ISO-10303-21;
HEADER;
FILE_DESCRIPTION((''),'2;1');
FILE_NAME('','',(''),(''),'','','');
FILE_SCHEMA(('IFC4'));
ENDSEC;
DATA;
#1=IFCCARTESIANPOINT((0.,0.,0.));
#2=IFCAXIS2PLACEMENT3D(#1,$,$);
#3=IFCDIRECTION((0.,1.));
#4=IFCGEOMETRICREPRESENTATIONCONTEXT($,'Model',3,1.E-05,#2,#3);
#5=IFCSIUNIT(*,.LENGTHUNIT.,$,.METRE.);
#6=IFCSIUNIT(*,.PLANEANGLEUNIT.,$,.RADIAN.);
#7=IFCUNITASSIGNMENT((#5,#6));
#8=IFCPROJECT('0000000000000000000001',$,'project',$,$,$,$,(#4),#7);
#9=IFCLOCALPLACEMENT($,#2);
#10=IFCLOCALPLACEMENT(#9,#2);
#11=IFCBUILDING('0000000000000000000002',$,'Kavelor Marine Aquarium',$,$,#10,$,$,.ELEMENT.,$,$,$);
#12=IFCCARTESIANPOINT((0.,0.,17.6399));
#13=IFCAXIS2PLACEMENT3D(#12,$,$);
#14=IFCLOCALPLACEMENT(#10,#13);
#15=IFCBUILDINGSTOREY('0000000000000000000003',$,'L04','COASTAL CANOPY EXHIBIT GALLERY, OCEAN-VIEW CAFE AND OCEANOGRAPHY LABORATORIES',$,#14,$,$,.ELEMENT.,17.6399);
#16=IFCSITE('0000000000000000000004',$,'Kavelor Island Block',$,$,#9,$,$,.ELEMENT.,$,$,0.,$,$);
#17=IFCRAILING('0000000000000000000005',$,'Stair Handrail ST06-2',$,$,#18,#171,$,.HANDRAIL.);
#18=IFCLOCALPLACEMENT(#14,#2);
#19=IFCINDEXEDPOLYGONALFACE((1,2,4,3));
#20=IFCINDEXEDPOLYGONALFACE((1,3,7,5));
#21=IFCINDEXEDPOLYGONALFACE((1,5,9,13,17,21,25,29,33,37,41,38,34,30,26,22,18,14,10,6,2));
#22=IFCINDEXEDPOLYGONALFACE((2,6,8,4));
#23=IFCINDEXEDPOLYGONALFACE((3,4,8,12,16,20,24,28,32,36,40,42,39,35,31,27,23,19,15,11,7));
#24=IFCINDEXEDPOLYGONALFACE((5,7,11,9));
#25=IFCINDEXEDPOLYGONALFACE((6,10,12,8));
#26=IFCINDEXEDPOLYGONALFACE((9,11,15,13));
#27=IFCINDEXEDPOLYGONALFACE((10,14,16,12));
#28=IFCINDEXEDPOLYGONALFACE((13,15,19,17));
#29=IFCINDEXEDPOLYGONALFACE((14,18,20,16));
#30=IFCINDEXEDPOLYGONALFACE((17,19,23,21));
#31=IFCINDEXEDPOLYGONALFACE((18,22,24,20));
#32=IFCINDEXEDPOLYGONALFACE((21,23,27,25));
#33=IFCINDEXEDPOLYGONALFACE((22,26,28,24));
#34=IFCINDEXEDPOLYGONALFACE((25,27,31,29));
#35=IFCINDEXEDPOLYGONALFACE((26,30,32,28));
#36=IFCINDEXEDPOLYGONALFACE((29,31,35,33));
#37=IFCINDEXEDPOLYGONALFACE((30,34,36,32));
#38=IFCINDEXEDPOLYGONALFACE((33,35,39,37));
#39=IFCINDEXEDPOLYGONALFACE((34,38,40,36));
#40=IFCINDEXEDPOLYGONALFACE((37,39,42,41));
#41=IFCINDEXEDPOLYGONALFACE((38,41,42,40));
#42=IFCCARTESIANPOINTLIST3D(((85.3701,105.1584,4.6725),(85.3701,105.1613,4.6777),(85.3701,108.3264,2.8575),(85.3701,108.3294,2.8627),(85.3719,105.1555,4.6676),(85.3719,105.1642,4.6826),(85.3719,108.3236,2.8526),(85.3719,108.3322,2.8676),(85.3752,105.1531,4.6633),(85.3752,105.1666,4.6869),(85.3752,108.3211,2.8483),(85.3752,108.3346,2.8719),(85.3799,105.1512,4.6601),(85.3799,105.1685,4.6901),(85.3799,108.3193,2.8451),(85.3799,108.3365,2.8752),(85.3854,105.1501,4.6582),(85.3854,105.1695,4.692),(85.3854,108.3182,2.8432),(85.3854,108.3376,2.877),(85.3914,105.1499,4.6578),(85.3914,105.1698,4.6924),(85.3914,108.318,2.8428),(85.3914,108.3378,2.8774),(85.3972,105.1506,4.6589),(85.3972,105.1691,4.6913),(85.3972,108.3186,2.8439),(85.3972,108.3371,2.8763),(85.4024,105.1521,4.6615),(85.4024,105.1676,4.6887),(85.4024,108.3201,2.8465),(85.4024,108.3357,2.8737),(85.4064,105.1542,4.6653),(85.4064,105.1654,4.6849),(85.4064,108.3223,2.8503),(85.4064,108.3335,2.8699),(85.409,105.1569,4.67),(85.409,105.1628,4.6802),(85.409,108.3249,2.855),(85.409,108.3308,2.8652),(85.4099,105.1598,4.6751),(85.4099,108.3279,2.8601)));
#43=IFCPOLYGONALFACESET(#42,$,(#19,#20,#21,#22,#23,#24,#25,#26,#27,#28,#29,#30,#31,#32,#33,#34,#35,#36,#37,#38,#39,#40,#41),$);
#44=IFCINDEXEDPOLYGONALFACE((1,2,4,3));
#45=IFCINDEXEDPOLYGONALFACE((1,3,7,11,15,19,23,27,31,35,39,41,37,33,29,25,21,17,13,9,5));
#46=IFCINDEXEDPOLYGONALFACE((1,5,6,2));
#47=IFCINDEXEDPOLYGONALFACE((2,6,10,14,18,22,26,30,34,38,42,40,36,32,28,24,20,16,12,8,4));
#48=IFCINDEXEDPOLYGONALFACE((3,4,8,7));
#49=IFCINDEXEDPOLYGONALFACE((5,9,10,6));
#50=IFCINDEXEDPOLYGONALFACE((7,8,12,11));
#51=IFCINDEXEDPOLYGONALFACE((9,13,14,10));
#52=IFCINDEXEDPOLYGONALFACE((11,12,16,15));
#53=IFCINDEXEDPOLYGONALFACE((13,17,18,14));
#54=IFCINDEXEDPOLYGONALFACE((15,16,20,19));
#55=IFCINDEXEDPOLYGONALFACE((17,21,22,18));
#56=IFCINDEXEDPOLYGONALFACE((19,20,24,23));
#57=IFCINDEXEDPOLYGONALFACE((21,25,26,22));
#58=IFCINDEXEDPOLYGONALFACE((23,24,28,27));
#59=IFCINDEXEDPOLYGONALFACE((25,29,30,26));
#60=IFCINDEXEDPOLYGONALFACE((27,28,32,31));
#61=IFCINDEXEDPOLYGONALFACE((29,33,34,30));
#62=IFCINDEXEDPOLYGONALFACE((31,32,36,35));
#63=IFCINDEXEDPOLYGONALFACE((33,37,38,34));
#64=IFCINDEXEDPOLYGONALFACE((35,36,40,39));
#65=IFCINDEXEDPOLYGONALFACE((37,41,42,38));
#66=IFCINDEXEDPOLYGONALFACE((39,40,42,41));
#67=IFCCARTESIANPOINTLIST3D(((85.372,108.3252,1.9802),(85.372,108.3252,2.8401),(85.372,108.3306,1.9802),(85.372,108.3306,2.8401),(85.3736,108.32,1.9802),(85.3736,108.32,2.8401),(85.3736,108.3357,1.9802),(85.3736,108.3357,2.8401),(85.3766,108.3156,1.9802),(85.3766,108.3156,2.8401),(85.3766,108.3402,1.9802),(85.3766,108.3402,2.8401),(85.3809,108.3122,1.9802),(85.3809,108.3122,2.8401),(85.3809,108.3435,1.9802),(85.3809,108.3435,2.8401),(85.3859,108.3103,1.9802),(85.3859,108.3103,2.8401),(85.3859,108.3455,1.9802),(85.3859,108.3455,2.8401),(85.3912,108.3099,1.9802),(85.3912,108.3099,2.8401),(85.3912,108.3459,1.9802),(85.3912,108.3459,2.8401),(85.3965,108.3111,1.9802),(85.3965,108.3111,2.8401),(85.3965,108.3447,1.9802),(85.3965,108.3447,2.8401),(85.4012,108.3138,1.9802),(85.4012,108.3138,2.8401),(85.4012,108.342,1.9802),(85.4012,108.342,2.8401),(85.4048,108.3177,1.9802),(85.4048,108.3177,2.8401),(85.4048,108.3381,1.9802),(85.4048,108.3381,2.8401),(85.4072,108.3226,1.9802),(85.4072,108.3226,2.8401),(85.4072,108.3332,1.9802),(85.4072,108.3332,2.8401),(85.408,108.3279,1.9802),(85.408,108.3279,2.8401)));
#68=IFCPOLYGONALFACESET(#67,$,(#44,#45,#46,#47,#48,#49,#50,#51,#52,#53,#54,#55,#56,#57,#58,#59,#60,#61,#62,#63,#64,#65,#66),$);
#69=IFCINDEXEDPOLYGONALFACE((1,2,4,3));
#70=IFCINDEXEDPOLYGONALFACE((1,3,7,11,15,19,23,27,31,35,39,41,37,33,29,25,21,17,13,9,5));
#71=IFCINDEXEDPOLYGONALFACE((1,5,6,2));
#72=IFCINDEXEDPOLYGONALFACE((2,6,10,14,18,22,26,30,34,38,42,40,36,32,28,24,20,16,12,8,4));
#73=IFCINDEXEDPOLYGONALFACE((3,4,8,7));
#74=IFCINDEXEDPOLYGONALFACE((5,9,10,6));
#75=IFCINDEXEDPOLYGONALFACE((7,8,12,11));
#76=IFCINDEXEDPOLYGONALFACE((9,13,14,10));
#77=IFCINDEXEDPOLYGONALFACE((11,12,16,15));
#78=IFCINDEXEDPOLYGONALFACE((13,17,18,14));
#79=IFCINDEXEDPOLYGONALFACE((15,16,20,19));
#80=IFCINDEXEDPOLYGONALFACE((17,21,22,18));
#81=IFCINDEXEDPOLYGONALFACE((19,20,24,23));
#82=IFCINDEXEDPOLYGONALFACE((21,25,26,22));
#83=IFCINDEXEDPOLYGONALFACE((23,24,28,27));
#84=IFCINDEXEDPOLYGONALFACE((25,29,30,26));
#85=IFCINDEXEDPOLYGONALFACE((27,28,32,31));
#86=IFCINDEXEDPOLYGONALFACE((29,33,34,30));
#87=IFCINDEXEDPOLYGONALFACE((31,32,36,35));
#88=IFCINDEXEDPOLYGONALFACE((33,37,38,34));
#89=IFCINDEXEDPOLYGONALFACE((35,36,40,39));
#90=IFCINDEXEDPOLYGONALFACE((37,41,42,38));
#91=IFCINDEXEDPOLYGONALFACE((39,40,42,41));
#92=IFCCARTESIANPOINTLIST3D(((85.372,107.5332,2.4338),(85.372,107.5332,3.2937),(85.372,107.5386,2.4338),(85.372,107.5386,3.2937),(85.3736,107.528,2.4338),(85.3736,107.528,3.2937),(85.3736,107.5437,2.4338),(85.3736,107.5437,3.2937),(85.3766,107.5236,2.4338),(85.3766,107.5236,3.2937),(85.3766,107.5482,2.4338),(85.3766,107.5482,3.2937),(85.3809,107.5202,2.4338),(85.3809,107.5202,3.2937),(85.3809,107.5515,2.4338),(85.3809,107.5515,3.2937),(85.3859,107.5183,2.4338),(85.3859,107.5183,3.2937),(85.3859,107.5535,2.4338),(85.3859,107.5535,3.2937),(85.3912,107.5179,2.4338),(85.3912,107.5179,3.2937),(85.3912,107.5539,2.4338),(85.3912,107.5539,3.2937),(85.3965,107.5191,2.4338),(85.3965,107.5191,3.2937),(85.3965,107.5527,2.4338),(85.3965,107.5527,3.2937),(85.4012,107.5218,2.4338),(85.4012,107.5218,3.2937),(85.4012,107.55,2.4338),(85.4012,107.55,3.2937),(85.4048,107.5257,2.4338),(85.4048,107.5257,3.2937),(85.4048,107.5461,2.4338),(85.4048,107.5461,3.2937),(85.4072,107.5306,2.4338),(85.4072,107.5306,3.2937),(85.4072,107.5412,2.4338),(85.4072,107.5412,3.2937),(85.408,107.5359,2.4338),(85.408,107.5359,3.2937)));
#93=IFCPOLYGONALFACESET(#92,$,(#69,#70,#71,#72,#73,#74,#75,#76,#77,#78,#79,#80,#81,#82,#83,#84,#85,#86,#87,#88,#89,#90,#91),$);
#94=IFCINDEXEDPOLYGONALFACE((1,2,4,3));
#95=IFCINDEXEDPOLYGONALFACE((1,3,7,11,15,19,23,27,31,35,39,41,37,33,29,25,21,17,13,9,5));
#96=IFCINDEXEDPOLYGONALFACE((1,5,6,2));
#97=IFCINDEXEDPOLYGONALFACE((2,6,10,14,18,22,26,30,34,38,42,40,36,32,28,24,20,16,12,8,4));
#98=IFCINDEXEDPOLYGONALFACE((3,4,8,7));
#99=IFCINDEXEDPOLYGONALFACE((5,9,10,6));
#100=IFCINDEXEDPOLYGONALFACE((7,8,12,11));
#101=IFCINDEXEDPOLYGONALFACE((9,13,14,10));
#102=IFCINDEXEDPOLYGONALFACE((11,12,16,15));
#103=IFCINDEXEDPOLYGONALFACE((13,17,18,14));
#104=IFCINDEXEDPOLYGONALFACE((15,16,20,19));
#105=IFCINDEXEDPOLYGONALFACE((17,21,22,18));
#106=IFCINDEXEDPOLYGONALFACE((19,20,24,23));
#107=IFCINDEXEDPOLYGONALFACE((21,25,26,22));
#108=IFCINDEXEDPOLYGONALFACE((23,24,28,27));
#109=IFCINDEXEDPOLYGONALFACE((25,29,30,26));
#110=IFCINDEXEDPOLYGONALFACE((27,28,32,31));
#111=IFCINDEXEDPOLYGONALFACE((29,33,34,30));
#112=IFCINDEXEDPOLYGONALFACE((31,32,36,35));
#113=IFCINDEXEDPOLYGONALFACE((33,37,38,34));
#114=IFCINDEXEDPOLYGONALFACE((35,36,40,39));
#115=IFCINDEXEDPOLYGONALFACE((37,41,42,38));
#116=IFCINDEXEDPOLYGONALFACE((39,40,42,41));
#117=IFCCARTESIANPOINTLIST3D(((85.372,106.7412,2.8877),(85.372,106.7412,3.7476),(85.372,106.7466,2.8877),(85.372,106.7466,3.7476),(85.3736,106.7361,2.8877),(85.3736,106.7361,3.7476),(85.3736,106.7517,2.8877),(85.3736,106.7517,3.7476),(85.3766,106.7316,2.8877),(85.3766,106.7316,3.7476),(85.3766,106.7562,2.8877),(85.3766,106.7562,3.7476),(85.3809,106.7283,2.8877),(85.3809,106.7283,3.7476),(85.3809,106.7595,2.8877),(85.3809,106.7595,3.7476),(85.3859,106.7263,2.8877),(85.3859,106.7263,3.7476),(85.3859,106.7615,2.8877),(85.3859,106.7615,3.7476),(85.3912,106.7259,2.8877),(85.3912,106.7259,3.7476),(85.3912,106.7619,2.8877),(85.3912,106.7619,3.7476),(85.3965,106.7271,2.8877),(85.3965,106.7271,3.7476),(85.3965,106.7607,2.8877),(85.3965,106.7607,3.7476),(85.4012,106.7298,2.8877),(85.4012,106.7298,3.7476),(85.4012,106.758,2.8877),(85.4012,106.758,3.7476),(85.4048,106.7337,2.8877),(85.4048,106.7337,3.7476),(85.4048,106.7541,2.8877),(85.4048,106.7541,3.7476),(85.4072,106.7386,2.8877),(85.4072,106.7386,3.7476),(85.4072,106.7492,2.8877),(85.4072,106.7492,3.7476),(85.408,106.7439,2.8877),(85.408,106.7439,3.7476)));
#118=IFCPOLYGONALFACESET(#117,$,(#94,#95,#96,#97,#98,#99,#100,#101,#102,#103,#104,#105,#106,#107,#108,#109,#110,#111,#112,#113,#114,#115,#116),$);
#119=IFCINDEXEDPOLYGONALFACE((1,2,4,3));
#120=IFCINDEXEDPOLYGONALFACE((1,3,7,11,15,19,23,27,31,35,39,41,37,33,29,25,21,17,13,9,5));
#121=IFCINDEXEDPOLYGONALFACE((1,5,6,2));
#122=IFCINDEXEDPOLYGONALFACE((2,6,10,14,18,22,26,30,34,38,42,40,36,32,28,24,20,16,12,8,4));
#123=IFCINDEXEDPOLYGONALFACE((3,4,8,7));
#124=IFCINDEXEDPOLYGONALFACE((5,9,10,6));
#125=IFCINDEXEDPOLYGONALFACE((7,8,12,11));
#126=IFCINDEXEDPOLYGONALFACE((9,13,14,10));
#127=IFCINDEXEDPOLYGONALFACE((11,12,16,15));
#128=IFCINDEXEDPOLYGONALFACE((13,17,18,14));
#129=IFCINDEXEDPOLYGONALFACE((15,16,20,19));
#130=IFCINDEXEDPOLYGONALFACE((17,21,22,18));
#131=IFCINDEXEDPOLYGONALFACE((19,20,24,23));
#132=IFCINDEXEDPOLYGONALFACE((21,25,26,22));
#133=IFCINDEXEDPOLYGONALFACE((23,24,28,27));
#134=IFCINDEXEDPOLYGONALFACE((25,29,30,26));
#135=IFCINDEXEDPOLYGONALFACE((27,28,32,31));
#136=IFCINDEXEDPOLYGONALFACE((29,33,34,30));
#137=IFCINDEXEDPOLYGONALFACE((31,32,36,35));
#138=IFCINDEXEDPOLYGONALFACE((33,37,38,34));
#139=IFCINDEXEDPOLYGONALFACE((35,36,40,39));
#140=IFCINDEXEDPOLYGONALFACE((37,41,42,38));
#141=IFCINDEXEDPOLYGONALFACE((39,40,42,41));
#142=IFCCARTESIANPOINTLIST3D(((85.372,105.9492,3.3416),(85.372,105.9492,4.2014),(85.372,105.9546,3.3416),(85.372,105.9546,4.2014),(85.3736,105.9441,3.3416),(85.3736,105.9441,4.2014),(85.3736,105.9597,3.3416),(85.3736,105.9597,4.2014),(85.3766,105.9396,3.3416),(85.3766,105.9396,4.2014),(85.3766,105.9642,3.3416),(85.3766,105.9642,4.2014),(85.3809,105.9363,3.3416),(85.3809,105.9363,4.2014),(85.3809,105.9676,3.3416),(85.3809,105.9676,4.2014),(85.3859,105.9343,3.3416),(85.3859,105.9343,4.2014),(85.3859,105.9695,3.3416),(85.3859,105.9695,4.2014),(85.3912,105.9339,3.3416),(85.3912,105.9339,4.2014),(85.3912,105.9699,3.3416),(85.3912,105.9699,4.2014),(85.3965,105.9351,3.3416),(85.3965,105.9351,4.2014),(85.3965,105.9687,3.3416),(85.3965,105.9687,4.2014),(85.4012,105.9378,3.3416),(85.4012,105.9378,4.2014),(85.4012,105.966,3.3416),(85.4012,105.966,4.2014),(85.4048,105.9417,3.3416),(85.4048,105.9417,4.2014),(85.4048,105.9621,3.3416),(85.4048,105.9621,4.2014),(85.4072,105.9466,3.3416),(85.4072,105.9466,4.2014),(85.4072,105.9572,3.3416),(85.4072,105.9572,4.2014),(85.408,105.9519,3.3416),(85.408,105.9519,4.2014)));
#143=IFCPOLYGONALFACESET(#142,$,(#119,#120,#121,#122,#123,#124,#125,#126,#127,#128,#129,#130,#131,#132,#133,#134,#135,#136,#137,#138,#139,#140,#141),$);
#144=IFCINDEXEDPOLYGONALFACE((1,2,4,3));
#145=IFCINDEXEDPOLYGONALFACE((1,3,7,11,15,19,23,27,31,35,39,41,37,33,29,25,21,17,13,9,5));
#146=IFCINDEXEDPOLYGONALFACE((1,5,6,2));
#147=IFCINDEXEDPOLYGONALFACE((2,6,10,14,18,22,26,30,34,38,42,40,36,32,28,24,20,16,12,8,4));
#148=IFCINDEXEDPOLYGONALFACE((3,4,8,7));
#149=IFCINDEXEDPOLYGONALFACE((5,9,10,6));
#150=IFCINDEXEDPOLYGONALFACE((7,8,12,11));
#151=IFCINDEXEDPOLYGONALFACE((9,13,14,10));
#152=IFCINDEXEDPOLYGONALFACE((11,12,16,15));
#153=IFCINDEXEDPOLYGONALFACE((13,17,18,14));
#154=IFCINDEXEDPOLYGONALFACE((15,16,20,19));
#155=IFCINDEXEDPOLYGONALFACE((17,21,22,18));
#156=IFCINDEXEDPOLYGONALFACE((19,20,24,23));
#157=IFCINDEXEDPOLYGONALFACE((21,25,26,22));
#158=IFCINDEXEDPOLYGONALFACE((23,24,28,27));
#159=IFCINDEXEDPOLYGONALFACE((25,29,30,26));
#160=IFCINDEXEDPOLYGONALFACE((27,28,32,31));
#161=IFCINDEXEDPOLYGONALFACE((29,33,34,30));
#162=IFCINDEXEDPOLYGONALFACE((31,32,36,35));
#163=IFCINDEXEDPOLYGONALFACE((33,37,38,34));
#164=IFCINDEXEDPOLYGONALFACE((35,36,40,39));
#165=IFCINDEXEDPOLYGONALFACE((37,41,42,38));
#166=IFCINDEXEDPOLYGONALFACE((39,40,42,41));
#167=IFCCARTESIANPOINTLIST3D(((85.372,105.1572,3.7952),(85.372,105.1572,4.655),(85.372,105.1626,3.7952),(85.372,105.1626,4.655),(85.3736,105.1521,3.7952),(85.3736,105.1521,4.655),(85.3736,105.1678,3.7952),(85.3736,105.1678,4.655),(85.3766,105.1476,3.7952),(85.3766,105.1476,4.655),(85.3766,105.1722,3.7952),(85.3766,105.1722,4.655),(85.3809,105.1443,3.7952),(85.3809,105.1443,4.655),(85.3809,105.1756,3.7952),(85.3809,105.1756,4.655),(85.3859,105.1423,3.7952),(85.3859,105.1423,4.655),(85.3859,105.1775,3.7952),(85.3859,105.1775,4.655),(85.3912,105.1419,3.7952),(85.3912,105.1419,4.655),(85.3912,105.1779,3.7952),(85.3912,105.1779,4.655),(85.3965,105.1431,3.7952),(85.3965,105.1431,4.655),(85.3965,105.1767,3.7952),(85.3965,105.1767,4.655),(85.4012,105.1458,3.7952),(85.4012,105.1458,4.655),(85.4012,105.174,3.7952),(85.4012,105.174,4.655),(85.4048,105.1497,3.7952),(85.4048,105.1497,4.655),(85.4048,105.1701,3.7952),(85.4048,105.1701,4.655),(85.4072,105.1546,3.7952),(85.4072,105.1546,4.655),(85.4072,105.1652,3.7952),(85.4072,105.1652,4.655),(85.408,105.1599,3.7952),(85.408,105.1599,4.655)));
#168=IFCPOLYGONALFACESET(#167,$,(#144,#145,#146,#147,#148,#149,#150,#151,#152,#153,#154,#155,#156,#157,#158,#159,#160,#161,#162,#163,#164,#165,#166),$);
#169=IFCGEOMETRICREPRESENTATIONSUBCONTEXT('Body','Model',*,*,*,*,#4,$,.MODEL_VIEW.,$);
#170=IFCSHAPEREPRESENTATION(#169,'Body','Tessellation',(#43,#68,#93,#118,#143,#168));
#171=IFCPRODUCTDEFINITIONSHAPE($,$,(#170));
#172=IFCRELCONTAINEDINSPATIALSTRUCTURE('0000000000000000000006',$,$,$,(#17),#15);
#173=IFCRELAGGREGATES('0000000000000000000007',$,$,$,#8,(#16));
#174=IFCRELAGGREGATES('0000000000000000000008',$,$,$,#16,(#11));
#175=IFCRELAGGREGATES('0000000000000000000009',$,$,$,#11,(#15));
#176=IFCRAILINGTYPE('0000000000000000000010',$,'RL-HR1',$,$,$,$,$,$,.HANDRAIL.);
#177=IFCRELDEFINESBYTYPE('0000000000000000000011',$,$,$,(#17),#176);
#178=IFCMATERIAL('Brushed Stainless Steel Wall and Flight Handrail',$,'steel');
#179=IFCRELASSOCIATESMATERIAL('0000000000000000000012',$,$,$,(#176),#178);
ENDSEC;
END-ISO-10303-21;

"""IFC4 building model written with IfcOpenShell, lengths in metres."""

from ifc_helpers import new_model, si_unit, direction, frame, origin, origin_2d, place, context, subcontext, project, spatial, circle, extrude, material, type_object, element, save


model = new_model("IFC4")

# Units and contexts
model_context = context("Model", 3, precision=1e-05, world=origin(), true_north=direction((0.0, 1.0)))
body_context = subcontext(model_context, "Body", "Model", "MODEL_VIEW")
ifc_project = project(units=[si_unit("LENGTHUNIT", "METRE"), si_unit("PLANEANGLEUNIT", "RADIAN")], contexts=[model_context])

# Site, building, storey
site_placement = place(None, origin())
site = spatial("IfcSite", under=ifc_project, at=site_placement, Name="Kavelor Island Block", CompositionType="ELEMENT", RefElevation=0.0)
building_placement = place(site_placement, origin())
building = spatial("IfcBuilding", under=site, at=building_placement, Name="Kavelor Marine Aquarium", CompositionType="ELEMENT")
storey_placement = place(building_placement, frame((0.0, 0.0, 17.6399)))
storey = spatial("IfcBuildingStorey", under=building, at=storey_placement, Name="L04", Description="COASTAL CANOPY EXHIBIT GALLERY, OCEAN-VIEW CAFE AND OCEANOGRAPHY LABORATORIES", CompositionType="ELEMENT", Elevation=17.6399)

# Railing
ifc_material_1 = material(Name="Brushed Stainless Steel Wall and Flight Handrail", Category="steel")
railing_type_1 = type_object("IfcRailingType", Name="RL-HR1", PredefinedType="HANDRAIL", material=ifc_material_1)
railing_1_placement = place(storey_placement, frame((85.3899, 108.3279, 1.9802)))
element("IfcRailing", 1, at=railing_1_placement, inside=storey, type_object=railing_type_1, Name="Stair Handrail ST06-2", PredefinedType="HANDRAIL", context=body_context, shape_type="SweptSolid", body=[
    extrude(circle(Radius=0.02, at=origin_2d()), frame((0.0, 0.0, 0.8799), z_axis=(0.0, -0.867691, 0.497104), x_axis=(1.0, 0.0, 0.0)), (0.0, 0.0, 1.0), 3.6511),
    extrude(circle(Radius=0.0181, at=origin_2d()), origin(), (0.0, 0.0, 1.0), 0.8599),
    extrude(circle(Radius=0.0181, at=origin_2d()), frame((0.0, -0.792, 0.4536)), (0.0, 0.0, 1.0), 0.8599),
    extrude(circle(Radius=0.0181, at=origin_2d()), frame((0.0, -1.584, 0.9075)), (0.0, 0.0, 1.0), 0.8599),
    extrude(circle(Radius=0.0181, at=origin_2d()), frame((0.0, -2.376, 1.3613)), (0.0, 0.0, 1.0), 0.8599),
    extrude(circle(Radius=0.0181, at=origin_2d()), frame((0.0, -3.168, 1.8149)), (0.0, 0.0, 1.0), 0.8599),
])

save(model, "model.ifc")
